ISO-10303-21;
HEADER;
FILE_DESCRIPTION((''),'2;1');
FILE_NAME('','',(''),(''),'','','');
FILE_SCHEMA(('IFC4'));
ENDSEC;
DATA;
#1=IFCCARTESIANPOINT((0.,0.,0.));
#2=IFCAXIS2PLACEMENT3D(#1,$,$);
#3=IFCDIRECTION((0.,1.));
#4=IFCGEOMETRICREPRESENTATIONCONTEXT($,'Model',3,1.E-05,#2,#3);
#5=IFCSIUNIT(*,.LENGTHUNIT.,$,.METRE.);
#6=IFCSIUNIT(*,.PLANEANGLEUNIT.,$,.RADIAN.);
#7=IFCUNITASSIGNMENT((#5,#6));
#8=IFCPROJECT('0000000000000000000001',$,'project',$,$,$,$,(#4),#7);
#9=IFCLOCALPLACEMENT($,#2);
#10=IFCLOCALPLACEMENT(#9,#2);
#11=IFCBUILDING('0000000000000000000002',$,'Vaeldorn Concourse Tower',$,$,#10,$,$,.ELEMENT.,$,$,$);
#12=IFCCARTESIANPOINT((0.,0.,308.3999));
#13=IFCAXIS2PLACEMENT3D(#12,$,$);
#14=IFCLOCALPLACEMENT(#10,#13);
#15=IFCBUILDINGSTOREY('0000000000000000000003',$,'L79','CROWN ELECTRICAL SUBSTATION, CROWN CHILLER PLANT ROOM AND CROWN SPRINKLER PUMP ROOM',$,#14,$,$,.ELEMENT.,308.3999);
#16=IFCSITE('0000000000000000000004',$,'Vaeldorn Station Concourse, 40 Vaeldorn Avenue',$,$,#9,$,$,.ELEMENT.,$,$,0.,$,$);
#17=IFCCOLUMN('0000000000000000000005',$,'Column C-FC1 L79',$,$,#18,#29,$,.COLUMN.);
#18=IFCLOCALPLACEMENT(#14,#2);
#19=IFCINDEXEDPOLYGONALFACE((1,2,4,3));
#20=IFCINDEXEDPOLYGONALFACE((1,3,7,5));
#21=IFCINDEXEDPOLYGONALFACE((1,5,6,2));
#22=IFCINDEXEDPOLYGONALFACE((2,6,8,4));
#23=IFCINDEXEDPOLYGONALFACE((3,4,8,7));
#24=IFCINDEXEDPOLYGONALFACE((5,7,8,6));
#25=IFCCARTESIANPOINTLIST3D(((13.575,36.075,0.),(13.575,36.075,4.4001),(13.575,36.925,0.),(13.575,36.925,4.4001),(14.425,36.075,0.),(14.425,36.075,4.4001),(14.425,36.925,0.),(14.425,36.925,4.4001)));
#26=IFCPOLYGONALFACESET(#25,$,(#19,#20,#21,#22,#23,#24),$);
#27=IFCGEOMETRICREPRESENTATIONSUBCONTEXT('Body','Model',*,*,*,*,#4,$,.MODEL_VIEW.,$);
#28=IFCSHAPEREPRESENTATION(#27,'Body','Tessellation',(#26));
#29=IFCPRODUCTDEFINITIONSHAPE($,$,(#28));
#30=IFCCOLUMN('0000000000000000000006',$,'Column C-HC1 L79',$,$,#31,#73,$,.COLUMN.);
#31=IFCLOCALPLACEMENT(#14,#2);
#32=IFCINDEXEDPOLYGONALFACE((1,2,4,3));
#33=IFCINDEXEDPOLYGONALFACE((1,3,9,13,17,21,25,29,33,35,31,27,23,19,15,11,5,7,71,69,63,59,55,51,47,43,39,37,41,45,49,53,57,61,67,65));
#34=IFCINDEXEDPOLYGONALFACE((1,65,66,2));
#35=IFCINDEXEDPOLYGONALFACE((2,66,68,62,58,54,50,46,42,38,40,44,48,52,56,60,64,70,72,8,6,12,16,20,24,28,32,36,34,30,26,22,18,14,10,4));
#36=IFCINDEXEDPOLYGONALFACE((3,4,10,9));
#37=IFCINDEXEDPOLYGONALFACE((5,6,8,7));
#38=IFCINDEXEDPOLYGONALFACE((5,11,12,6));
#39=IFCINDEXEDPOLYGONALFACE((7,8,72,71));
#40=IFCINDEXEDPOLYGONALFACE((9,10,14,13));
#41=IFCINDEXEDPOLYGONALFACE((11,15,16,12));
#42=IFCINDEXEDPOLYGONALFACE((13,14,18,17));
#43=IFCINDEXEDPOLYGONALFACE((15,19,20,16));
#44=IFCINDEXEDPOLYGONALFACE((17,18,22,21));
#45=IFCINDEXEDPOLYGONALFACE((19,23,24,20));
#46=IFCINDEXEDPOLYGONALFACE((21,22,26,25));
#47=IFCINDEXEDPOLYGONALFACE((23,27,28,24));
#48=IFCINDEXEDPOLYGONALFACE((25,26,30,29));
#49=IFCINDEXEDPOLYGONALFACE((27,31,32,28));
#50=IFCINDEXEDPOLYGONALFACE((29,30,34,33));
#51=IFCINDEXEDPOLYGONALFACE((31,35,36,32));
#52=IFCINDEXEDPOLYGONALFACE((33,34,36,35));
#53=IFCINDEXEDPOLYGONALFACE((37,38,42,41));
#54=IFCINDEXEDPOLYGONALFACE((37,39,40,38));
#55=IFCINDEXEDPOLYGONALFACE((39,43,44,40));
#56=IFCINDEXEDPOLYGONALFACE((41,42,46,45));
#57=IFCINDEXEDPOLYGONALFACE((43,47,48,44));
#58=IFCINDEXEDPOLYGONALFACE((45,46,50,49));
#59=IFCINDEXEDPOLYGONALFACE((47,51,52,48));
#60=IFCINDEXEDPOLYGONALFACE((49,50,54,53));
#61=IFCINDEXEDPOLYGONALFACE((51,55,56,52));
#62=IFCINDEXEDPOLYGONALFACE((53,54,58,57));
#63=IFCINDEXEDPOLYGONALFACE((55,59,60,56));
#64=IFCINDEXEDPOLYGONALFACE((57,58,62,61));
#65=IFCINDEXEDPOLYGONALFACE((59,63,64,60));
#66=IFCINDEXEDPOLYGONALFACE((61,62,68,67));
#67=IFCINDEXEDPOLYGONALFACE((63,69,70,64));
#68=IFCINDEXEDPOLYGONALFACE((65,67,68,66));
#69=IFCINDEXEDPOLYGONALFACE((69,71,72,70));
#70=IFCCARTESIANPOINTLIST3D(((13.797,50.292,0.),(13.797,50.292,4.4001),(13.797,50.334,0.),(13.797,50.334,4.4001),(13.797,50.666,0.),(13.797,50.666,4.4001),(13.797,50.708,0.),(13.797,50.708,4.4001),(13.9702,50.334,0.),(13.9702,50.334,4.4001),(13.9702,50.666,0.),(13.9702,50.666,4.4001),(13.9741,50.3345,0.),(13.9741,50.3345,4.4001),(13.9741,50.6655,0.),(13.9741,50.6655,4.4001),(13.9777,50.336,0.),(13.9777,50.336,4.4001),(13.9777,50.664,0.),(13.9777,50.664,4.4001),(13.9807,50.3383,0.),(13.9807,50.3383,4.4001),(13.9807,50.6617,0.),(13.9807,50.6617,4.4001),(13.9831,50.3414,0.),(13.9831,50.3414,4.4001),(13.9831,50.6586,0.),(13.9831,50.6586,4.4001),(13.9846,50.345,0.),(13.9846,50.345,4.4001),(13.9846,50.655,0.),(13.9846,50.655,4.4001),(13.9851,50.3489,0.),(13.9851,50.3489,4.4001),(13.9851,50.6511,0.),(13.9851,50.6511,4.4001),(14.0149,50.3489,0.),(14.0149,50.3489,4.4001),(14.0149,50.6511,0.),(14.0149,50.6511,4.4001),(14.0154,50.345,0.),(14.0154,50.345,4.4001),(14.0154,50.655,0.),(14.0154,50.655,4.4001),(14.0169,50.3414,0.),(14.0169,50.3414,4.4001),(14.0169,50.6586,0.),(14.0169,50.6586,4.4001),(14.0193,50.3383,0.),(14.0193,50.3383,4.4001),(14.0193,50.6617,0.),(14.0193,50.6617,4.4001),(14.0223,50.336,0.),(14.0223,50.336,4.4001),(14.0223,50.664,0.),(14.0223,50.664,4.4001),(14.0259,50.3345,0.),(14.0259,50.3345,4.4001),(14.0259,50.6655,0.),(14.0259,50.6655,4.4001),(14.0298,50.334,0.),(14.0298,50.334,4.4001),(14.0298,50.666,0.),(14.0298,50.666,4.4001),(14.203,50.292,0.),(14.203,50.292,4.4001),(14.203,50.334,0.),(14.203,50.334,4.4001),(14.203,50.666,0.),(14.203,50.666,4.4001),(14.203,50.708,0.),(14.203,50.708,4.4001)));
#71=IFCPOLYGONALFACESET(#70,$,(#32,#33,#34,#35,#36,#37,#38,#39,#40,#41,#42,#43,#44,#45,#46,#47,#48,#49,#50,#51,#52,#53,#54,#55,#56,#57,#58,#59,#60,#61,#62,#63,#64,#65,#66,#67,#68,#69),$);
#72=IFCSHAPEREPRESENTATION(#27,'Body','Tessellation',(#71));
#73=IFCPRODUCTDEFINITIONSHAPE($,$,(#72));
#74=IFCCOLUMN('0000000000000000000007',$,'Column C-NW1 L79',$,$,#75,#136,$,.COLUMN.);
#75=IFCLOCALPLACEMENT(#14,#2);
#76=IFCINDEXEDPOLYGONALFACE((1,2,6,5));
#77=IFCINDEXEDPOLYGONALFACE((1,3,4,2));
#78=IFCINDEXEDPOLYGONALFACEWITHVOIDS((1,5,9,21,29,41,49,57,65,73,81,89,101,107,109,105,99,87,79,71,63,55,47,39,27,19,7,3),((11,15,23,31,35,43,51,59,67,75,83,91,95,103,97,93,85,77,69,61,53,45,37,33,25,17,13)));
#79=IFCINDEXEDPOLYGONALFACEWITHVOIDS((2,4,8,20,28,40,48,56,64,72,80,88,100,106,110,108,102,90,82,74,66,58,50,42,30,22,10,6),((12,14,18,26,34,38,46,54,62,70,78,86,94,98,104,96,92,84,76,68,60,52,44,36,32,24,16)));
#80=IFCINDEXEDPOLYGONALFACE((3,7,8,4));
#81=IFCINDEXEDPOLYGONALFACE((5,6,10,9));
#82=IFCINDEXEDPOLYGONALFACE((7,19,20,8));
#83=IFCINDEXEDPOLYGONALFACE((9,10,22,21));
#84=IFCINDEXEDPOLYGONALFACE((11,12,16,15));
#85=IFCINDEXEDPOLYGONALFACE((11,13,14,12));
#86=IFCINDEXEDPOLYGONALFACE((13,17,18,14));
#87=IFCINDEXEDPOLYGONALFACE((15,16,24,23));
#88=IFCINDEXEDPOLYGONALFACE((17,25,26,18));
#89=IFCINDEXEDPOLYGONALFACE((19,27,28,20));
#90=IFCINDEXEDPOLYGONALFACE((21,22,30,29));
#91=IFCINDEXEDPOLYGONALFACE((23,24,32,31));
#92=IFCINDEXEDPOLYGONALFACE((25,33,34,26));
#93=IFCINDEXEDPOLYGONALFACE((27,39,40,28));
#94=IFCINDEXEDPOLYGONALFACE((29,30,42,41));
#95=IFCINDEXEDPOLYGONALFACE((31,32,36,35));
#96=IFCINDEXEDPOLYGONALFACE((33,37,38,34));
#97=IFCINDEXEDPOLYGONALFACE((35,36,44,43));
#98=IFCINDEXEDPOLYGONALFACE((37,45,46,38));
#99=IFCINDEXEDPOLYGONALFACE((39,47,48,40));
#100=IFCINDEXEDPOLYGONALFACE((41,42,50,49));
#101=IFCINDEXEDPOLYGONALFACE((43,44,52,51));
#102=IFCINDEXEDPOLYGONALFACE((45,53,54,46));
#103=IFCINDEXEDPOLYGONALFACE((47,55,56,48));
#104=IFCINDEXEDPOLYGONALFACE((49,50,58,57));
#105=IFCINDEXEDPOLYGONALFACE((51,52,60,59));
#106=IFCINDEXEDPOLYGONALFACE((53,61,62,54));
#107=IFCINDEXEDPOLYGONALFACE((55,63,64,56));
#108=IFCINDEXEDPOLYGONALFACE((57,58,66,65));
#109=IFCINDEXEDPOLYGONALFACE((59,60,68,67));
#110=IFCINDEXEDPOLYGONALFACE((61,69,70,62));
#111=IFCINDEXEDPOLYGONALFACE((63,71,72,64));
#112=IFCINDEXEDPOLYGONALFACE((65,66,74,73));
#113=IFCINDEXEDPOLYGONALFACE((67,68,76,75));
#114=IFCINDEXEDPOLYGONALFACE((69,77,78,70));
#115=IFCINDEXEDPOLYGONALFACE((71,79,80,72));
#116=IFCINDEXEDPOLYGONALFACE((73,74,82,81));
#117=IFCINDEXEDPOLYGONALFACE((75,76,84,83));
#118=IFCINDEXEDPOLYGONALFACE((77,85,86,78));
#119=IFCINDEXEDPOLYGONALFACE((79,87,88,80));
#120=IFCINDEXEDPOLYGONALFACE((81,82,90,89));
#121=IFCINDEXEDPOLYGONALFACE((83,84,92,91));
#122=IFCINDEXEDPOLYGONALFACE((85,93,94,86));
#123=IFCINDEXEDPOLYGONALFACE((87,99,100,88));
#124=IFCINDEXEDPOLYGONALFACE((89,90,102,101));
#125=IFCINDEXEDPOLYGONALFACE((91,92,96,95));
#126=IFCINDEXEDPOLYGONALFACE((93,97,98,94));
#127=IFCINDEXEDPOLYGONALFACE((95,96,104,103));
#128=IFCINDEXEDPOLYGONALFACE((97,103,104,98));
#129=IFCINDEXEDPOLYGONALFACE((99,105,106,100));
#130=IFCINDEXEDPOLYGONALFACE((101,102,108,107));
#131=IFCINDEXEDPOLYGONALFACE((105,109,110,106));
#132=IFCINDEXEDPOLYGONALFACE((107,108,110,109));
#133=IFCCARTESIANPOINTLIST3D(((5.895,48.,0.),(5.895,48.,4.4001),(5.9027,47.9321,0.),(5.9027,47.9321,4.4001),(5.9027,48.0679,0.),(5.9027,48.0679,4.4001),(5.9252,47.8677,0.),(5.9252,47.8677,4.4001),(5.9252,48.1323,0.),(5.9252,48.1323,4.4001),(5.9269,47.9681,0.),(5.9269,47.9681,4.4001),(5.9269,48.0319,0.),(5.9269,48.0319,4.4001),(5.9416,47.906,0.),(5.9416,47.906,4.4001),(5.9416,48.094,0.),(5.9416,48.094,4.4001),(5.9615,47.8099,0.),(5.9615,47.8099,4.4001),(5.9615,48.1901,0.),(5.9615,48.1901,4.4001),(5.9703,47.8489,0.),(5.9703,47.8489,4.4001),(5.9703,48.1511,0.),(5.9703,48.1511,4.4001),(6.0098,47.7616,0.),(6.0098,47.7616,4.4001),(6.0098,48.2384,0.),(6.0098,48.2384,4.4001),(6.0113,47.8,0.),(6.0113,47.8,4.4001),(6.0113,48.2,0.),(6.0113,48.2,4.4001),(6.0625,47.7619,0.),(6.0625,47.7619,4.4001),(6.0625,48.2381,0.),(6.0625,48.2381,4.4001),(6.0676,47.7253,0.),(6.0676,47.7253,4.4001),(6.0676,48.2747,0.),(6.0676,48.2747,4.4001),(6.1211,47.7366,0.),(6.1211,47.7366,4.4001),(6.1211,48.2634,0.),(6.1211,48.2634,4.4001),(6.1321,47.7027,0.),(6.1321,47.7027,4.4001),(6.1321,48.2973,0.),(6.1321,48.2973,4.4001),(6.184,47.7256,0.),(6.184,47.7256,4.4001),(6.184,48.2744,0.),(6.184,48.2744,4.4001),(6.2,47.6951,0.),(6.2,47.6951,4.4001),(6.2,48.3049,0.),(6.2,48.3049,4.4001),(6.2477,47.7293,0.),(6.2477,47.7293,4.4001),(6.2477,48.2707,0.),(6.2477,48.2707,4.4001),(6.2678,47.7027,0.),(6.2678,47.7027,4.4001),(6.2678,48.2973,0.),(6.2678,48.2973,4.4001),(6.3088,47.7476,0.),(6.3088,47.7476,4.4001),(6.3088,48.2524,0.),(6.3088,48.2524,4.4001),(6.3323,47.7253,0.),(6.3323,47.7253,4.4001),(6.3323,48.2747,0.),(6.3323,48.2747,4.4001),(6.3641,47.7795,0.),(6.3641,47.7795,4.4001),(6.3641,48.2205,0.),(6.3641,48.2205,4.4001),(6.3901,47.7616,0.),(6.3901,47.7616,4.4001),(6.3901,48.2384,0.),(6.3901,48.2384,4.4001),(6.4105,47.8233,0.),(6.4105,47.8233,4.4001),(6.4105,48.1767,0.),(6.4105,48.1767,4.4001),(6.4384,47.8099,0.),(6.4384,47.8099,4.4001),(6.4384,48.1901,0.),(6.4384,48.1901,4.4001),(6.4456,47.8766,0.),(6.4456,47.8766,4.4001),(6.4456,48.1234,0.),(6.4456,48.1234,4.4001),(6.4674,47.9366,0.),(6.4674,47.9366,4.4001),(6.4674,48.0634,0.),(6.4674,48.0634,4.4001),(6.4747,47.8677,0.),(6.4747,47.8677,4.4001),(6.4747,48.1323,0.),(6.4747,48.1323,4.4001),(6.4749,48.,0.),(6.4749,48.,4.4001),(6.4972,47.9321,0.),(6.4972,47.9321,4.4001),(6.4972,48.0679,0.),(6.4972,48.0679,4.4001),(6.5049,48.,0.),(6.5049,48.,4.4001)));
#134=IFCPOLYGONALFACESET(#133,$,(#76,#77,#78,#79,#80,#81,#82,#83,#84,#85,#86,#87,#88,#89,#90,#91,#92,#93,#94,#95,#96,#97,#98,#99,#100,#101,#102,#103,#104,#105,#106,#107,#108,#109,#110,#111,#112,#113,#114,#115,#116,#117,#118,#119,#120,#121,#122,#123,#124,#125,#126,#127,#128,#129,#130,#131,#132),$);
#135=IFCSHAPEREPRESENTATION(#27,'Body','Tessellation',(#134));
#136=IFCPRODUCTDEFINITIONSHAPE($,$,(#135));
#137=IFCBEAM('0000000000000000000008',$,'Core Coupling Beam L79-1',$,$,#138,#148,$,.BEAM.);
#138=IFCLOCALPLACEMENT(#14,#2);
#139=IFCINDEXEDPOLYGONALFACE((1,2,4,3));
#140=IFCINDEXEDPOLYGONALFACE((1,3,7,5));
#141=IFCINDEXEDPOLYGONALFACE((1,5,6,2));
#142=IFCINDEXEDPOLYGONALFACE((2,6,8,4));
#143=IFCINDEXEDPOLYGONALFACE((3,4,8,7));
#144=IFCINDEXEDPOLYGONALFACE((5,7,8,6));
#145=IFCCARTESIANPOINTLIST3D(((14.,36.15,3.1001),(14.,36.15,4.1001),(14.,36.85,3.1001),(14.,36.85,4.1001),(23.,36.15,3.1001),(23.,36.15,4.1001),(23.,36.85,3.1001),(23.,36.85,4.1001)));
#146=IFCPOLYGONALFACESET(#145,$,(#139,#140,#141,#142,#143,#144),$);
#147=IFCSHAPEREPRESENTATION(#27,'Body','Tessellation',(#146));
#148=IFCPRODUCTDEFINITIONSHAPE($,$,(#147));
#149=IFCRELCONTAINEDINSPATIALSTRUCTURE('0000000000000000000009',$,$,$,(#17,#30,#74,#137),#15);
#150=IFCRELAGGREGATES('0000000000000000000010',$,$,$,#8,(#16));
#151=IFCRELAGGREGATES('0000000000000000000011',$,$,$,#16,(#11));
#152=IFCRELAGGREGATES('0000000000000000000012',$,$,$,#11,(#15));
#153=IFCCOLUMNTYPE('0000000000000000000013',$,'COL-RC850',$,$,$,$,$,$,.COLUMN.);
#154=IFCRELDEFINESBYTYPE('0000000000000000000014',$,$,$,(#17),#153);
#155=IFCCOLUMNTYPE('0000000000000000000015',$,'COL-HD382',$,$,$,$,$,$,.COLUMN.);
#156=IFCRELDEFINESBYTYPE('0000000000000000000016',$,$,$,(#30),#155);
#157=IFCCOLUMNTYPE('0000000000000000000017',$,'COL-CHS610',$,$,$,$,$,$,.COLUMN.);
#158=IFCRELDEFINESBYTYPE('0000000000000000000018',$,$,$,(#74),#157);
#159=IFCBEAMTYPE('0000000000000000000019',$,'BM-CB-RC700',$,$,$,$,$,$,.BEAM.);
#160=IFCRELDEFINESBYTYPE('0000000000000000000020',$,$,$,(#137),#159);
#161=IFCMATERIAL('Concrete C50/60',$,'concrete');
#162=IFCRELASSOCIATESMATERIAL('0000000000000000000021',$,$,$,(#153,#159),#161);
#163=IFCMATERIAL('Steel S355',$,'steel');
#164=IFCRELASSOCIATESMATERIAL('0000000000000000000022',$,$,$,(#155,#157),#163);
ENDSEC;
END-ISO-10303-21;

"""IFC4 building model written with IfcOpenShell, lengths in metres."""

from ifc_helpers import new_model, si_unit, direction, frame, origin, origin_2d, place, context, subcontext, project, spatial, rectangle, hollow_circle, i_section, extrude, source, transform, mapped, material, material_profile, profile_set, type_object, element, save


model = new_model("IFC4")

# Units and contexts
model_context = context("Model", 3, precision=1e-05, world=origin(), true_north=direction((0.0, 1.0)))
body_context = subcontext(model_context, "Body", "Model", "MODEL_VIEW")
ifc_project = project(units=[si_unit("LENGTHUNIT", "METRE"), si_unit("PLANEANGLEUNIT", "RADIAN")], contexts=[model_context])

# Site, building, storey
site_placement = place(None, origin())
site = spatial("IfcSite", under=ifc_project, at=site_placement, Name="Vaeldorn Station Concourse, 40 Vaeldorn Avenue", CompositionType="ELEMENT", RefElevation=0.0)
building_placement = place(site_placement, origin())
building = spatial("IfcBuilding", under=site, at=building_placement, Name="Vaeldorn Concourse Tower", CompositionType="ELEMENT")
storey_placement = place(building_placement, frame((0.0, 0.0, 308.3999)))
storey = spatial("IfcBuildingStorey", under=building, at=storey_placement, Name="L79", Description="CROWN ELECTRICAL SUBSTATION, CROWN CHILLER PLANT ROOM AND CROWN SPRINKLER PUMP ROOM", CompositionType="ELEMENT", Elevation=308.3999)

# Columns
ifc_material_1 = material(Name="Concrete C50/60", Category="concrete")
ifc_material_profile_1 = material_profile(ifc_material_1, rectangle(XDim=0.8501, YDim=0.8501, at=origin_2d()), Name="RC 850x850")
ifc_profile_set_1 = profile_set([ifc_material_profile_1], Name="Concrete C50/60")
column_type_1 = type_object("IfcColumnType", Name="COL-RC850", PredefinedType="COLUMN", material=ifc_profile_set_1)
shared_shape_1 = source(origin(), body_context, "Body", "SweptSolid", [
    extrude(rectangle(XDim=0.8501, YDim=0.8501, at=origin_2d()), origin(), (0.0, 0.0, 1.0), 4.4001),
])
column_1_placement = place(storey_placement, frame((14.0, 36.5, 0.0), z_axis=(0.0, 0.0, 1.0), x_axis=(1.0, 0.0, 0.0)))
element("IfcColumn", 1, at=column_1_placement, inside=storey, type_object=column_type_1, Name="Column C-FC1 L79", PredefinedType="COLUMN", context=body_context, shape_type="MappedRepresentation", body=[
    mapped(shared_shape_1, transform((0.0, 0.0, 0.0), scale=1.0)),
])
ifc_material_2 = material(Name="Steel S355", Category="steel")
ifc_material_profile_2 = material_profile(ifc_material_2, i_section(OverallWidth=0.406, OverallDepth=0.416, WebThickness=0.0298, FlangeThickness=0.042, FilletRadius=0.0149, at=origin_2d()), Name="HD 400x382")
ifc_profile_set_2 = profile_set([ifc_material_profile_2], Name="Steel S355")
column_type_2 = type_object("IfcColumnType", Name="COL-HD382", PredefinedType="COLUMN", material=ifc_profile_set_2)
shared_shape_2 = source(origin(), body_context, "Body", "SweptSolid", [
    extrude(i_section(OverallWidth=0.406, OverallDepth=0.416, WebThickness=0.0298, FlangeThickness=0.042, FilletRadius=0.0149, at=origin_2d()), origin(), (0.0, 0.0, 1.0), 4.4001),
])
column_2_placement = place(storey_placement, frame((14.0, 50.5, 0.0), z_axis=(0.0, 0.0, 1.0), x_axis=(1.0, 0.0, 0.0)))
element("IfcColumn", 2, at=column_2_placement, inside=storey, type_object=column_type_2, Name="Column C-HC1 L79", PredefinedType="COLUMN", context=body_context, shape_type="MappedRepresentation", body=[
    mapped(shared_shape_2, transform((0.0, 0.0, 0.0), scale=1.0)),
])
ifc_material_profile_3 = material_profile(ifc_material_2, hollow_circle(Radius=0.3049, WallThickness=0.03, at=origin_2d()), Name="CHS 610x30")
ifc_profile_set_3 = profile_set([ifc_material_profile_3], Name="Steel S355")
column_type_3 = type_object("IfcColumnType", Name="COL-CHS610", PredefinedType="COLUMN", material=ifc_profile_set_3)
shared_shape_3 = source(origin(), body_context, "Body", "SweptSolid", [
    extrude(hollow_circle(Radius=0.3049, WallThickness=0.03, at=origin_2d()), origin(), (0.0, 0.0, 1.0), 4.4001),
])
column_3_placement = place(storey_placement, frame((6.2, 48.0, 0.0), z_axis=(0.0, 0.0, 1.0), x_axis=(1.0, 0.0, 0.0)))
element("IfcColumn", 3, at=column_3_placement, inside=storey, type_object=column_type_3, Name="Column C-NW1 L79", PredefinedType="COLUMN", context=body_context, shape_type="MappedRepresentation", body=[
    mapped(shared_shape_3, transform((0.0, 0.0, 0.0), scale=1.0)),
])

# Beam
ifc_material_profile_4 = material_profile(ifc_material_1, rectangle(XDim=0.7, YDim=1.0, at=origin_2d()), Name="RC 700x1000")
ifc_profile_set_4 = profile_set([ifc_material_profile_4], Name="Concrete C50/60")
beam_type_1 = type_object("IfcBeamType", Name="BM-CB-RC700", PredefinedType="BEAM", material=ifc_profile_set_4)
shared_shape_4 = source(origin(), body_context, "Body", "SweptSolid", [
    extrude(rectangle(XDim=0.7, YDim=1.0, at=origin_2d()), origin(), (0.0, 0.0, 1.0), 9.0),
])
beam_1_placement = place(storey_placement, frame((14.0, 36.5, 3.6001), z_axis=(1.0, 0.0, 0.0), x_axis=(0.0, 1.0, 0.0)))
element("IfcBeam", 4, at=beam_1_placement, inside=storey, type_object=beam_type_1, Name="Core Coupling Beam L79-1", PredefinedType="BEAM", context=body_context, shape_type="MappedRepresentation", body=[
    mapped(shared_shape_4, transform((0.0, 0.0, 0.0), scale=1.0)),
])

save(model, "model.ifc")
